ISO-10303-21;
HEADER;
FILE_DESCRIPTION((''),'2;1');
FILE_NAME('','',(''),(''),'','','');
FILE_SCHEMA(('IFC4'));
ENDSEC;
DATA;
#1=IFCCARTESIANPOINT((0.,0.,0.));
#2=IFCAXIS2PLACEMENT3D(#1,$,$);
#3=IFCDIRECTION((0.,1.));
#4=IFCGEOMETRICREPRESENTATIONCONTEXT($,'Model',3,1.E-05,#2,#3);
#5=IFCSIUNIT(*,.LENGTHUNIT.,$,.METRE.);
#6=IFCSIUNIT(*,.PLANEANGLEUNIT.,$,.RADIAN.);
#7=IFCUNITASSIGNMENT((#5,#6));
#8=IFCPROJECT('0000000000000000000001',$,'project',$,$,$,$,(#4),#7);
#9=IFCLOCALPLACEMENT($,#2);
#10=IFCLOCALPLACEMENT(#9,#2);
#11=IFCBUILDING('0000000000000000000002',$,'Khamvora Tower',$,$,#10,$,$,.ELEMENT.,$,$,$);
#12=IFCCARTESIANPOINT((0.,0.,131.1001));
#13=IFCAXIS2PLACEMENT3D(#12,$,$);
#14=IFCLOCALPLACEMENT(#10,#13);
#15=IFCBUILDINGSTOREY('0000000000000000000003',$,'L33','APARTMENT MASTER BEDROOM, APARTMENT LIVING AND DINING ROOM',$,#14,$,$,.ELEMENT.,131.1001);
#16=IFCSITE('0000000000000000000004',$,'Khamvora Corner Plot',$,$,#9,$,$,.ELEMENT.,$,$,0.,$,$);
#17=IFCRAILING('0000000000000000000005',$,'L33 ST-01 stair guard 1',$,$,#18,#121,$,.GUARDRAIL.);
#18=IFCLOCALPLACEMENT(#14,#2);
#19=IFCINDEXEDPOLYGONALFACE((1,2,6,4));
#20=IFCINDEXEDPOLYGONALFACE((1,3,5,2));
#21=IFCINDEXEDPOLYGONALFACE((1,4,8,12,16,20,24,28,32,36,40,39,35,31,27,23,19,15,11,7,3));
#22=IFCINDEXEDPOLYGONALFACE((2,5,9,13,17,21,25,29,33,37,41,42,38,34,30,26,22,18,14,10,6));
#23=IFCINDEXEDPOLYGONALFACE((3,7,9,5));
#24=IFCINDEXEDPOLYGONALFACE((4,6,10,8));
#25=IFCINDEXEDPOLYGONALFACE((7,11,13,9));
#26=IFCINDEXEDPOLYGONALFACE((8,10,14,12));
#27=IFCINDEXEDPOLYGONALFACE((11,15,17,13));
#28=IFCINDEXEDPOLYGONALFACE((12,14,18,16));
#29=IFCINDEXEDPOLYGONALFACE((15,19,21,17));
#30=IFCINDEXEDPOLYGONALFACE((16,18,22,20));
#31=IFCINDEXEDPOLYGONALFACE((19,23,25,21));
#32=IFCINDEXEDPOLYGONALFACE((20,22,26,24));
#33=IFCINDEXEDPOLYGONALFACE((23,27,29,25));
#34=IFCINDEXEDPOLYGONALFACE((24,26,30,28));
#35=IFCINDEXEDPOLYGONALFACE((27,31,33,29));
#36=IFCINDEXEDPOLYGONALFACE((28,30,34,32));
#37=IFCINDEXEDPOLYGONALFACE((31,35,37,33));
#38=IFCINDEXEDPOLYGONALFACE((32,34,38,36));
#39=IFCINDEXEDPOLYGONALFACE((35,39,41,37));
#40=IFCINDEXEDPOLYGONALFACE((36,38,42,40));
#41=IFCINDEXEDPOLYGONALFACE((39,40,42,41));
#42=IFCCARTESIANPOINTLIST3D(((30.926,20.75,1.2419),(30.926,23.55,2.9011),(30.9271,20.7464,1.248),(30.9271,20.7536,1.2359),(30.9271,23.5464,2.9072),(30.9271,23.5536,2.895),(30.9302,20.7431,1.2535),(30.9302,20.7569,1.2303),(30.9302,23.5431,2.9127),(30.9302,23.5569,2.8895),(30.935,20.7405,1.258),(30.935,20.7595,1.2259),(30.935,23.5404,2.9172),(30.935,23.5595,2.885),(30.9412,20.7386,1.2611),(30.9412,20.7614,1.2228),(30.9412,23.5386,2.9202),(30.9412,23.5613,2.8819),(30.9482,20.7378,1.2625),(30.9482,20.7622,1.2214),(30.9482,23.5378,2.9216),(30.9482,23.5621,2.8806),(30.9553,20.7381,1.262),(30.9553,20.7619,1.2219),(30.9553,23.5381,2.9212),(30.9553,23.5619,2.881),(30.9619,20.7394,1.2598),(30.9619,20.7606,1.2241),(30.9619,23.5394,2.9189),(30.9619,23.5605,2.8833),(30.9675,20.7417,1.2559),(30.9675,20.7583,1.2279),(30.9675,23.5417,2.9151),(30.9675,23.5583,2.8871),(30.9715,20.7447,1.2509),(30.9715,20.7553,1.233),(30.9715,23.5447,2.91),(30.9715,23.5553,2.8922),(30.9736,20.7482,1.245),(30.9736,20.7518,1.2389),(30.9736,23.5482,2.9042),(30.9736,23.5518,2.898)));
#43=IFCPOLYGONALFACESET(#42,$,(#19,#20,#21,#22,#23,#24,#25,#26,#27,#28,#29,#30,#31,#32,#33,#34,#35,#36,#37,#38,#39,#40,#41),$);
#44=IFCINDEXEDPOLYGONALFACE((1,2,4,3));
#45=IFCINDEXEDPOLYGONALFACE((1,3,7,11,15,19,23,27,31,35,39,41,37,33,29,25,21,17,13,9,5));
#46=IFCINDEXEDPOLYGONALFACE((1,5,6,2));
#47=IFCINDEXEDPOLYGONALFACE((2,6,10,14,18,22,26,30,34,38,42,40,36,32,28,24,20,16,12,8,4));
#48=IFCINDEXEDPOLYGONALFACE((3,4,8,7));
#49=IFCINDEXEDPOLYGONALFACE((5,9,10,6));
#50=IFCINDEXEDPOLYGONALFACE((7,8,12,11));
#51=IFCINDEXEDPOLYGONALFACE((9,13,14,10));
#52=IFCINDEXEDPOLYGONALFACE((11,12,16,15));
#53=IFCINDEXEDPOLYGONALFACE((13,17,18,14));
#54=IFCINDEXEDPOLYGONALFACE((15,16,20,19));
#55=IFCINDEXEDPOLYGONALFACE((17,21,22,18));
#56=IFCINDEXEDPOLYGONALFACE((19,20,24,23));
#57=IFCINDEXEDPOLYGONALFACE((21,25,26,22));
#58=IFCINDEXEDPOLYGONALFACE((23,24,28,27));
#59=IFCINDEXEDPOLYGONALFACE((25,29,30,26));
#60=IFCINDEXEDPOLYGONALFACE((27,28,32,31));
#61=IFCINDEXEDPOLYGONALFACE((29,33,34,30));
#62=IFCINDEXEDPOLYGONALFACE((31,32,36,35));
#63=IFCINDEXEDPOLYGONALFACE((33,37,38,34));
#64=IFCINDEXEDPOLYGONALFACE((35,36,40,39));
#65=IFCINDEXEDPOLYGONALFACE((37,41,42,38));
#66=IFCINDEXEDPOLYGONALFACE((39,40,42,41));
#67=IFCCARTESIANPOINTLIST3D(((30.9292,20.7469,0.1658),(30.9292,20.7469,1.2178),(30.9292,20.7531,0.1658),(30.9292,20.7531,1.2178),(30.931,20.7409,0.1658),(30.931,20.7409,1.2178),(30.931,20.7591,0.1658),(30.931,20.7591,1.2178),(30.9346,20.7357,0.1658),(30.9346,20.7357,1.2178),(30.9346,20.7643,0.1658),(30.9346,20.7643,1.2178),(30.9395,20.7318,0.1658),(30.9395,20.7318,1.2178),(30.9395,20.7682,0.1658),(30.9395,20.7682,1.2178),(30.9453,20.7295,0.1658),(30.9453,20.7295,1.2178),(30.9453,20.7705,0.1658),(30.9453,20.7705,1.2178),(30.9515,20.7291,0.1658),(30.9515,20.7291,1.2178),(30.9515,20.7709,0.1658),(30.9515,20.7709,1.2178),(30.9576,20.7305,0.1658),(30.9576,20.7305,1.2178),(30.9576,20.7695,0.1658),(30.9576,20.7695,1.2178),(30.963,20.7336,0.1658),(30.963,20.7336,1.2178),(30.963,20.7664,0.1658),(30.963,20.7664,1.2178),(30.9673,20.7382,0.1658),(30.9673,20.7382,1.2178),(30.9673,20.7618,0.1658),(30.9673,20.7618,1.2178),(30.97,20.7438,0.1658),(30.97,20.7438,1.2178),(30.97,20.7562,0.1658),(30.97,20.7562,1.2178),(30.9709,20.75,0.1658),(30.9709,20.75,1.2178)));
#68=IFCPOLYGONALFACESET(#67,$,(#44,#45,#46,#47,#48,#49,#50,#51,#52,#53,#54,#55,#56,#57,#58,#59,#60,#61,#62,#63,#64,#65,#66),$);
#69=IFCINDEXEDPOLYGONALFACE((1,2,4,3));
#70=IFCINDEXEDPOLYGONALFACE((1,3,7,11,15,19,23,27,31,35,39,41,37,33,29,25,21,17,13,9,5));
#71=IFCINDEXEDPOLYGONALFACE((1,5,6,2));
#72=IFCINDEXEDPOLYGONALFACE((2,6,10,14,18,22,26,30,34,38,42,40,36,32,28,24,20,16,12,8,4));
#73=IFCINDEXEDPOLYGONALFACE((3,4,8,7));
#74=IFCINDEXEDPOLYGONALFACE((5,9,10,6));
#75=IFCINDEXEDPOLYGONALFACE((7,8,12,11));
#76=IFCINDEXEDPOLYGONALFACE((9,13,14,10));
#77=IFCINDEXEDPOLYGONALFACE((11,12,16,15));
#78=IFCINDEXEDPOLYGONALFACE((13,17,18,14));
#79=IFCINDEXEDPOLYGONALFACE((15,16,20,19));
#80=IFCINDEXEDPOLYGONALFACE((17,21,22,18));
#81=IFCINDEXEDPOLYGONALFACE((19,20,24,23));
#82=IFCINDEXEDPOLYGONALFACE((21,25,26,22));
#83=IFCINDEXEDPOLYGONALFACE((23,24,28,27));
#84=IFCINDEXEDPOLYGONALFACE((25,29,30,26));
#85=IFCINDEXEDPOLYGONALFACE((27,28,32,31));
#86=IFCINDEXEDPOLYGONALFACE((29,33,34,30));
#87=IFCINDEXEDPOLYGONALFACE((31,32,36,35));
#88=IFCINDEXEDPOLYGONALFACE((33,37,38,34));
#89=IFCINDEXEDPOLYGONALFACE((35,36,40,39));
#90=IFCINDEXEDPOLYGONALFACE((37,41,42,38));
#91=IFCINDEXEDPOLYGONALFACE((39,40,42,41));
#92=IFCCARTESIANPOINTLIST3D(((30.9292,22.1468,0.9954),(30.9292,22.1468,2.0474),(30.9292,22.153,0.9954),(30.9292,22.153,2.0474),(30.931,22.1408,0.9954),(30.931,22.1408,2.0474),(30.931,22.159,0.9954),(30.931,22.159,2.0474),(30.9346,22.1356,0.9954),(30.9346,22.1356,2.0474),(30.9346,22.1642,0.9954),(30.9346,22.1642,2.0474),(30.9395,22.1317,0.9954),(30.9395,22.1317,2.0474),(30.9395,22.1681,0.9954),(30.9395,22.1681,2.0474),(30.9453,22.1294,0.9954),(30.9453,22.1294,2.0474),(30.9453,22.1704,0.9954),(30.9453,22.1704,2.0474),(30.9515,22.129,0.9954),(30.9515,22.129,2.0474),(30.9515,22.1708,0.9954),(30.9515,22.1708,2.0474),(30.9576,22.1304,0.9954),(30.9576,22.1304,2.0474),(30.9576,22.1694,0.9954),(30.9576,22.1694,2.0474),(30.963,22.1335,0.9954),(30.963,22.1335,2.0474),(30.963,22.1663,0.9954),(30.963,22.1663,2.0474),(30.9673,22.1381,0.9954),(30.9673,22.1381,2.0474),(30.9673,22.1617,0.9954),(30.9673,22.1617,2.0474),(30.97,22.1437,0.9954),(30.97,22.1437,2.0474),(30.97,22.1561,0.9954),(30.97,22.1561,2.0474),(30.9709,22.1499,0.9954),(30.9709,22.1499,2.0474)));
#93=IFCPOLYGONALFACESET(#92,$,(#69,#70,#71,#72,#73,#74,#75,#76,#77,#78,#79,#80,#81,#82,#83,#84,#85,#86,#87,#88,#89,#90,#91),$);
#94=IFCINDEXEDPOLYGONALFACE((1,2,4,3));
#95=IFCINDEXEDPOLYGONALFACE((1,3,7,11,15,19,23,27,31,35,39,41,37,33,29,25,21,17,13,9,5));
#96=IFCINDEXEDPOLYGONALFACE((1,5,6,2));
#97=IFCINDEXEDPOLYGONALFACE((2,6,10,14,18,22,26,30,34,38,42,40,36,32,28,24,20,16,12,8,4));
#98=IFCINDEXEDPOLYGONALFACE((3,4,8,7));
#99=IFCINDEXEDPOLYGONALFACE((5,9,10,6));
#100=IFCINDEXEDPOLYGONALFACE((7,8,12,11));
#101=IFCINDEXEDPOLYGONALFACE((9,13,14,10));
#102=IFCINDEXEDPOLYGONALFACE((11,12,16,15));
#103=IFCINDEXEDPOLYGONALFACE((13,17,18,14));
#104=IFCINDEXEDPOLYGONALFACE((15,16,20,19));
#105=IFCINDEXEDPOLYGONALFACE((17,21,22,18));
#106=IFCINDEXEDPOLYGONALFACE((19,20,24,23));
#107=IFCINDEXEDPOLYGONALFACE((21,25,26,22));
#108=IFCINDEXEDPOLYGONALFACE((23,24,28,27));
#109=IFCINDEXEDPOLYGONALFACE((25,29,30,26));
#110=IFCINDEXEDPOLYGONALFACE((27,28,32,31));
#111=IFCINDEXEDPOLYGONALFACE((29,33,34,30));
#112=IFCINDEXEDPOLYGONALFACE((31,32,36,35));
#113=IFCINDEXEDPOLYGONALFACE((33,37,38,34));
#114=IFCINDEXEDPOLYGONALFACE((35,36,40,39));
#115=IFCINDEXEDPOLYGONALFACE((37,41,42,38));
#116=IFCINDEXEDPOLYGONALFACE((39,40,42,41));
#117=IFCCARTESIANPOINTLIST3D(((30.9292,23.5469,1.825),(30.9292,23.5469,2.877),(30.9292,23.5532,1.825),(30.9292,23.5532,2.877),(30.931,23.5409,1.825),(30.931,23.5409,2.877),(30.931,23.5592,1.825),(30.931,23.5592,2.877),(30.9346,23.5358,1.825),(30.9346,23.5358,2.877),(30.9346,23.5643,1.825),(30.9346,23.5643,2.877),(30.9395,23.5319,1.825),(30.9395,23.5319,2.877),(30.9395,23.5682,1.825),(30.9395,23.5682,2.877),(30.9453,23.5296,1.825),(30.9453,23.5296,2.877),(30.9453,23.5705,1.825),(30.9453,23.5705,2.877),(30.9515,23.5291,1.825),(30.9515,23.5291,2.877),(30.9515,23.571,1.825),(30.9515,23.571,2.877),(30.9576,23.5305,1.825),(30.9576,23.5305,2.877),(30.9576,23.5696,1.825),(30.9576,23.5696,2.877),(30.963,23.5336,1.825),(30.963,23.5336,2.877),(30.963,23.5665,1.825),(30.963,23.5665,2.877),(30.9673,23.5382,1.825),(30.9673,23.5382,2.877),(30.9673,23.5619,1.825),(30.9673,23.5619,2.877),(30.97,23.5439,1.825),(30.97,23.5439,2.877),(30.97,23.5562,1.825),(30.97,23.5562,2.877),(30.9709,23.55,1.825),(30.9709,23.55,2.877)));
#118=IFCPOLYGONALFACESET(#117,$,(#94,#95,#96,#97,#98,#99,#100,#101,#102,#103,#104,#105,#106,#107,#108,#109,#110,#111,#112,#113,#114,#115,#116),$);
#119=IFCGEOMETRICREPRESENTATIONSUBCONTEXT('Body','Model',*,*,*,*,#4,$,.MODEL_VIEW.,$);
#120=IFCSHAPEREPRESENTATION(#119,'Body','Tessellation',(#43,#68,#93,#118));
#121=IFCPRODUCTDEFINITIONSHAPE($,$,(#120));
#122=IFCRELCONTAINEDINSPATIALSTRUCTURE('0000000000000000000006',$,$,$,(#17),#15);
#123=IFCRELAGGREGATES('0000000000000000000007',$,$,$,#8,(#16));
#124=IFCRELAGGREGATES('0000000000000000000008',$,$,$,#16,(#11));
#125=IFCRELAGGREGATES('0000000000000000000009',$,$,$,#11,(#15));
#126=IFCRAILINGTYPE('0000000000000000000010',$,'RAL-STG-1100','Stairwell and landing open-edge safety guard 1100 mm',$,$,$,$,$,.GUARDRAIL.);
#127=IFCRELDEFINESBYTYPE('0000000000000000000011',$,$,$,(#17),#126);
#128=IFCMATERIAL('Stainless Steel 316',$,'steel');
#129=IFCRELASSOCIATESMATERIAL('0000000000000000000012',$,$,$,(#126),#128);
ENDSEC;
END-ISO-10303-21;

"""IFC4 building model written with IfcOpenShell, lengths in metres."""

from ifc_helpers import new_model, si_unit, direction, frame, origin, origin_2d, place, context, subcontext, project, spatial, circle, extrude, material, type_object, element, save


model = new_model("IFC4")

# Units and contexts
model_context = context("Model", 3, precision=1e-05, world=origin(), true_north=direction((0.0, 1.0)))
body_context = subcontext(model_context, "Body", "Model", "MODEL_VIEW")
ifc_project = project(units=[si_unit("LENGTHUNIT", "METRE"), si_unit("PLANEANGLEUNIT", "RADIAN")], contexts=[model_context])

# Site, building, storey
site_placement = place(None, origin())
site = spatial("IfcSite", under=ifc_project, at=site_placement, Name="Khamvora Corner Plot", CompositionType="ELEMENT", RefElevation=0.0)
building_placement = place(site_placement, origin())
building = spatial("IfcBuilding", under=site, at=building_placement, Name="Khamvora Tower", CompositionType="ELEMENT")
storey_placement = place(building_placement, frame((0.0, 0.0, 131.1001)))
storey = spatial("IfcBuildingStorey", under=building, at=storey_placement, Name="L33", Description="APARTMENT MASTER BEDROOM, APARTMENT LIVING AND DINING ROOM", CompositionType="ELEMENT", Elevation=131.1001)

# Railing
ifc_material_1 = material(Name="Stainless Steel 316", Category="steel")
railing_type_1 = type_object("IfcRailingType", Name="RAL-STG-1100", Description="Stairwell and landing open-edge safety guard 1100 mm", PredefinedType="GUARDRAIL", material=ifc_material_1)
railing_1_placement = place(storey_placement, frame((30.95, 20.75, 0.1658)))
element("IfcRailing", 1, at=railing_1_placement, inside=storey, type_object=railing_type_1, Name="L33 ST-01 stair guard 1", PredefinedType="GUARDRAIL", context=body_context, shape_type="SweptSolid", body=[
    extrude(circle(Radius=0.0239, at=origin_2d()), frame((0.0, 0.0, 1.0762), z_axis=(0.0, 0.860306, 0.509778), x_axis=(-1.0, 0.0, 0.0)), (0.0, 0.0, 1.0), 3.2546),
    extrude(circle(Radius=0.021, at=origin_2d()), origin(), (0.0, 0.0, 1.0), 1.052),
    extrude(circle(Radius=0.021, at=origin_2d()), frame((0.0, 1.3999, 0.8296)), (0.0, 0.0, 1.0), 1.052),
    extrude(circle(Radius=0.021, at=origin_2d()), frame((0.0, 2.8, 1.6592)), (0.0, 0.0, 1.0), 1.052),
])

save(model, "model.ifc")
